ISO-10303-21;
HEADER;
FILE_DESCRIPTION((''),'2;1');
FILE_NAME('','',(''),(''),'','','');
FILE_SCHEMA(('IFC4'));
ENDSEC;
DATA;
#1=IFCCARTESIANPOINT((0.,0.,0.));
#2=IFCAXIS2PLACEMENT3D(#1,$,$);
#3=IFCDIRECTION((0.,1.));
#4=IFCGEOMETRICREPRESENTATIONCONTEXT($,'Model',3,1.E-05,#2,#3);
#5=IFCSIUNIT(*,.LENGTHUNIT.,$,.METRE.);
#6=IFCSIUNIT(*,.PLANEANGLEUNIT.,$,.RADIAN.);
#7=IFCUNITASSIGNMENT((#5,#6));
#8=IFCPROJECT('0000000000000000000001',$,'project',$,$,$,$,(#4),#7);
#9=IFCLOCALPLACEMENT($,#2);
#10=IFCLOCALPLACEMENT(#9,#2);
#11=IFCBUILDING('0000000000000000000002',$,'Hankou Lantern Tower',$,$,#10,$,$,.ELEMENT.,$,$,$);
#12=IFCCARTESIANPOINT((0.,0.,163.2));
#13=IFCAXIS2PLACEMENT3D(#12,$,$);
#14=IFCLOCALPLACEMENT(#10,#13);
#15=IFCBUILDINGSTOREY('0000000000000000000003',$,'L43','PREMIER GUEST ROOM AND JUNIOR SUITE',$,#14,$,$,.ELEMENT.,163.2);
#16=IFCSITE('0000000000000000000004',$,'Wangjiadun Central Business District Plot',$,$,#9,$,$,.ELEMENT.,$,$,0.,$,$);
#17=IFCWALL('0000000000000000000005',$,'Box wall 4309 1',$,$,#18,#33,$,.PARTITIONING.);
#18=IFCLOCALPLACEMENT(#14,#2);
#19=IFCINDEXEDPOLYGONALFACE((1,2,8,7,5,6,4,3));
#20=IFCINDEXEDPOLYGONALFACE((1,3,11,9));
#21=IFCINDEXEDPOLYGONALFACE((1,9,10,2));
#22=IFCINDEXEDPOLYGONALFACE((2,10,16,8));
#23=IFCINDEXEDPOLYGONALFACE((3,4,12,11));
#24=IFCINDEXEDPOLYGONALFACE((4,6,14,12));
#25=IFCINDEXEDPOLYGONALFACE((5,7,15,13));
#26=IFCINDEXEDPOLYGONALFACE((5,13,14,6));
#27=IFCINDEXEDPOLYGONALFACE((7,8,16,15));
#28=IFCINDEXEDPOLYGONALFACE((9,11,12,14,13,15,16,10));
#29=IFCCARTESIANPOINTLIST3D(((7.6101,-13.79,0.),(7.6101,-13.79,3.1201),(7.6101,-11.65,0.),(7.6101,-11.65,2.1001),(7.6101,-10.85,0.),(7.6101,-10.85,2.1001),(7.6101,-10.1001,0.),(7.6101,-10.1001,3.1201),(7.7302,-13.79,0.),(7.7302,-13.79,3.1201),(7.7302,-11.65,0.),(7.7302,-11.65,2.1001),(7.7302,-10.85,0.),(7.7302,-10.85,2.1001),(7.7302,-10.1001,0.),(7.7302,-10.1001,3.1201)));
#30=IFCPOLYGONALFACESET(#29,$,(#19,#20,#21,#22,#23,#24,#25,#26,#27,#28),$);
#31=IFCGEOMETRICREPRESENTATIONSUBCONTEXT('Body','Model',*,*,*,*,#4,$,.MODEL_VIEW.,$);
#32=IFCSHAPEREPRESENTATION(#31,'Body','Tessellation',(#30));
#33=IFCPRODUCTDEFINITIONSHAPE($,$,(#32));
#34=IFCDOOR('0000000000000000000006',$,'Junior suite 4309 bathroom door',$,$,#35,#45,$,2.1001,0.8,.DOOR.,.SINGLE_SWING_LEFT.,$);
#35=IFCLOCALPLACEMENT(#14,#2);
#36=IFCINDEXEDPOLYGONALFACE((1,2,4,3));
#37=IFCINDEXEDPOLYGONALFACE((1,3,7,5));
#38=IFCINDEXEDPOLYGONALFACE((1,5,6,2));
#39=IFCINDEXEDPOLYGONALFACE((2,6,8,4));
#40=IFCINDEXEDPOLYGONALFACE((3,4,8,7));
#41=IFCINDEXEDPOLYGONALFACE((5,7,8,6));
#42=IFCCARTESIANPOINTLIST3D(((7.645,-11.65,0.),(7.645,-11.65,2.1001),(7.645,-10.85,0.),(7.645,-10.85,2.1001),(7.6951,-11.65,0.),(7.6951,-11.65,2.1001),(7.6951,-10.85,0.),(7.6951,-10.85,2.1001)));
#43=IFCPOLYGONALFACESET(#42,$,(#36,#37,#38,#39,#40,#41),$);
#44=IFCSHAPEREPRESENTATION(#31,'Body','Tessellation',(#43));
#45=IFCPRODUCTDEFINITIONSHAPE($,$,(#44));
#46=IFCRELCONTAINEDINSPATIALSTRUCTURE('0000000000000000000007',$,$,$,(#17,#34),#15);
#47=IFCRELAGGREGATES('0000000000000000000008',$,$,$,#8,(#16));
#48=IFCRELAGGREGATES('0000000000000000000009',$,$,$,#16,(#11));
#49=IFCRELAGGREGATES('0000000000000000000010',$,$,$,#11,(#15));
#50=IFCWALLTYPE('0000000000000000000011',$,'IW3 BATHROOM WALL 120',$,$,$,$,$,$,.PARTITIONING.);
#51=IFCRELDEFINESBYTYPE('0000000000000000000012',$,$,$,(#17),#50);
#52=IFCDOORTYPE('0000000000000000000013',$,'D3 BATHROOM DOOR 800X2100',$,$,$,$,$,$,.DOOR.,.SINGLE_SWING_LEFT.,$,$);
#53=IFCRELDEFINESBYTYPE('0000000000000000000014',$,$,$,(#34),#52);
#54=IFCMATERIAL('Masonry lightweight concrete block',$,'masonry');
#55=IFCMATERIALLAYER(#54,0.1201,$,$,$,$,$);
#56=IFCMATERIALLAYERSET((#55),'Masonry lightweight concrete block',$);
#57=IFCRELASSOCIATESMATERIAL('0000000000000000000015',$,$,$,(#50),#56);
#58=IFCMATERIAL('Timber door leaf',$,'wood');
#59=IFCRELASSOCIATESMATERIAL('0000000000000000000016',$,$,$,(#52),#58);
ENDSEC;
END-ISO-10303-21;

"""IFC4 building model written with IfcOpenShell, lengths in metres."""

from ifc_helpers import new_model, si_unit, direction, frame, frame_2d, origin, place, context, subcontext, project, spatial, rectangle, extrude, material, layer, layer_set, type_object, element, fill, save


model = new_model("IFC4")

# Units and contexts
model_context = context("Model", 3, precision=1e-05, world=origin(), true_north=direction((0.0, 1.0)))
body_context = subcontext(model_context, "Body", "Model", "MODEL_VIEW")
ifc_project = project(units=[si_unit("LENGTHUNIT", "METRE"), si_unit("PLANEANGLEUNIT", "RADIAN")], contexts=[model_context])

# Site, building, storey
site_placement = place(None, origin())
site = spatial("IfcSite", under=ifc_project, at=site_placement, Name="Wangjiadun Central Business District Plot", CompositionType="ELEMENT", RefElevation=0.0)
building_placement = place(site_placement, origin())
building = spatial("IfcBuilding", under=site, at=building_placement, Name="Hankou Lantern Tower", CompositionType="ELEMENT")
storey_placement = place(building_placement, frame((0.0, 0.0, 163.2)))
storey = spatial("IfcBuildingStorey", under=building, at=storey_placement, Name="L43", Description="PREMIER GUEST ROOM AND JUNIOR SUITE", CompositionType="ELEMENT", Elevation=163.2)

# Shared definitions
ifc_material_1 = material(Name="Masonry lightweight concrete block", Category="masonry")
ifc_layer_1 = layer(ifc_material_1, 0.1201)
ifc_layer_set_1 = layer_set([ifc_layer_1], Name="Masonry lightweight concrete block")
wall_type_1 = type_object("IfcWallType", Name="IW3 BATHROOM WALL 120", PredefinedType="PARTITIONING", material=ifc_layer_set_1)
ifc_material_2 = material(Name="Timber door leaf", Category="wood")
door_type = type_object("IfcDoorType", Name="D3 BATHROOM DOOR 800X2100", OperationType="SINGLE_SWING_LEFT", PredefinedType="DOOR", material=ifc_material_2)

# Wall, opening, door
wall_1_placement = place(storey_placement, frame((7.6702, -10.1001, 0.0), z_axis=(0.0, 0.0, 1.0), x_axis=(0.0, -1.0, 0.0)))
wall_1 = element("IfcWall", 1, at=wall_1_placement, inside=storey, type_object=wall_type_1, Name="Box wall 4309 1", PredefinedType="PARTITIONING", context=body_context, shape_type="SweptSolid", body=[
    extrude(rectangle(XDim=3.6899, YDim=0.1201, at=frame_2d((1.845, 0.0))), origin(), (0.0, 0.0, 1.0), 3.1201),
])
opening_1_placement = place(wall_1_placement, frame((0.75, 0.0, 0.0)))
opening_1 = element("IfcOpeningElement", 2, at=opening_1_placement, cuts=wall_1, PredefinedType="OPENING", context=body_context, shape_type="SweptSolid", body=[
    extrude(rectangle(XDim=0.8, YDim=2.1001, at=frame_2d((0.3999, 1.05))), frame((0.0, 0.0701, 0.0), z_axis=(0.0, -1.0, 0.0), x_axis=(1.0, 0.0, 0.0)), (0.0, 0.0, 1.0), 0.1401),
])
door_1_placement = place(opening_1_placement, origin())
door_1 = element("IfcDoor", 3, at=door_1_placement, inside=storey, type_object=door_type, Name="Junior suite 4309 bathroom door", OperationType="SINGLE_SWING_LEFT", OverallHeight=2.1001, OverallWidth=0.8, PredefinedType="DOOR", context=body_context, shape_type="SweptSolid", body=[
    extrude(rectangle(XDim=0.8, YDim=2.1001, at=frame_2d((0.3999, 1.05))), frame((0.0, 0.0249, 0.0), z_axis=(0.0, -1.0, 0.0), x_axis=(1.0, 0.0, 0.0)), (0.0, 0.0, 1.0), 0.05),
])
fill(opening_1, door_1)

save(model, "model.ifc")
